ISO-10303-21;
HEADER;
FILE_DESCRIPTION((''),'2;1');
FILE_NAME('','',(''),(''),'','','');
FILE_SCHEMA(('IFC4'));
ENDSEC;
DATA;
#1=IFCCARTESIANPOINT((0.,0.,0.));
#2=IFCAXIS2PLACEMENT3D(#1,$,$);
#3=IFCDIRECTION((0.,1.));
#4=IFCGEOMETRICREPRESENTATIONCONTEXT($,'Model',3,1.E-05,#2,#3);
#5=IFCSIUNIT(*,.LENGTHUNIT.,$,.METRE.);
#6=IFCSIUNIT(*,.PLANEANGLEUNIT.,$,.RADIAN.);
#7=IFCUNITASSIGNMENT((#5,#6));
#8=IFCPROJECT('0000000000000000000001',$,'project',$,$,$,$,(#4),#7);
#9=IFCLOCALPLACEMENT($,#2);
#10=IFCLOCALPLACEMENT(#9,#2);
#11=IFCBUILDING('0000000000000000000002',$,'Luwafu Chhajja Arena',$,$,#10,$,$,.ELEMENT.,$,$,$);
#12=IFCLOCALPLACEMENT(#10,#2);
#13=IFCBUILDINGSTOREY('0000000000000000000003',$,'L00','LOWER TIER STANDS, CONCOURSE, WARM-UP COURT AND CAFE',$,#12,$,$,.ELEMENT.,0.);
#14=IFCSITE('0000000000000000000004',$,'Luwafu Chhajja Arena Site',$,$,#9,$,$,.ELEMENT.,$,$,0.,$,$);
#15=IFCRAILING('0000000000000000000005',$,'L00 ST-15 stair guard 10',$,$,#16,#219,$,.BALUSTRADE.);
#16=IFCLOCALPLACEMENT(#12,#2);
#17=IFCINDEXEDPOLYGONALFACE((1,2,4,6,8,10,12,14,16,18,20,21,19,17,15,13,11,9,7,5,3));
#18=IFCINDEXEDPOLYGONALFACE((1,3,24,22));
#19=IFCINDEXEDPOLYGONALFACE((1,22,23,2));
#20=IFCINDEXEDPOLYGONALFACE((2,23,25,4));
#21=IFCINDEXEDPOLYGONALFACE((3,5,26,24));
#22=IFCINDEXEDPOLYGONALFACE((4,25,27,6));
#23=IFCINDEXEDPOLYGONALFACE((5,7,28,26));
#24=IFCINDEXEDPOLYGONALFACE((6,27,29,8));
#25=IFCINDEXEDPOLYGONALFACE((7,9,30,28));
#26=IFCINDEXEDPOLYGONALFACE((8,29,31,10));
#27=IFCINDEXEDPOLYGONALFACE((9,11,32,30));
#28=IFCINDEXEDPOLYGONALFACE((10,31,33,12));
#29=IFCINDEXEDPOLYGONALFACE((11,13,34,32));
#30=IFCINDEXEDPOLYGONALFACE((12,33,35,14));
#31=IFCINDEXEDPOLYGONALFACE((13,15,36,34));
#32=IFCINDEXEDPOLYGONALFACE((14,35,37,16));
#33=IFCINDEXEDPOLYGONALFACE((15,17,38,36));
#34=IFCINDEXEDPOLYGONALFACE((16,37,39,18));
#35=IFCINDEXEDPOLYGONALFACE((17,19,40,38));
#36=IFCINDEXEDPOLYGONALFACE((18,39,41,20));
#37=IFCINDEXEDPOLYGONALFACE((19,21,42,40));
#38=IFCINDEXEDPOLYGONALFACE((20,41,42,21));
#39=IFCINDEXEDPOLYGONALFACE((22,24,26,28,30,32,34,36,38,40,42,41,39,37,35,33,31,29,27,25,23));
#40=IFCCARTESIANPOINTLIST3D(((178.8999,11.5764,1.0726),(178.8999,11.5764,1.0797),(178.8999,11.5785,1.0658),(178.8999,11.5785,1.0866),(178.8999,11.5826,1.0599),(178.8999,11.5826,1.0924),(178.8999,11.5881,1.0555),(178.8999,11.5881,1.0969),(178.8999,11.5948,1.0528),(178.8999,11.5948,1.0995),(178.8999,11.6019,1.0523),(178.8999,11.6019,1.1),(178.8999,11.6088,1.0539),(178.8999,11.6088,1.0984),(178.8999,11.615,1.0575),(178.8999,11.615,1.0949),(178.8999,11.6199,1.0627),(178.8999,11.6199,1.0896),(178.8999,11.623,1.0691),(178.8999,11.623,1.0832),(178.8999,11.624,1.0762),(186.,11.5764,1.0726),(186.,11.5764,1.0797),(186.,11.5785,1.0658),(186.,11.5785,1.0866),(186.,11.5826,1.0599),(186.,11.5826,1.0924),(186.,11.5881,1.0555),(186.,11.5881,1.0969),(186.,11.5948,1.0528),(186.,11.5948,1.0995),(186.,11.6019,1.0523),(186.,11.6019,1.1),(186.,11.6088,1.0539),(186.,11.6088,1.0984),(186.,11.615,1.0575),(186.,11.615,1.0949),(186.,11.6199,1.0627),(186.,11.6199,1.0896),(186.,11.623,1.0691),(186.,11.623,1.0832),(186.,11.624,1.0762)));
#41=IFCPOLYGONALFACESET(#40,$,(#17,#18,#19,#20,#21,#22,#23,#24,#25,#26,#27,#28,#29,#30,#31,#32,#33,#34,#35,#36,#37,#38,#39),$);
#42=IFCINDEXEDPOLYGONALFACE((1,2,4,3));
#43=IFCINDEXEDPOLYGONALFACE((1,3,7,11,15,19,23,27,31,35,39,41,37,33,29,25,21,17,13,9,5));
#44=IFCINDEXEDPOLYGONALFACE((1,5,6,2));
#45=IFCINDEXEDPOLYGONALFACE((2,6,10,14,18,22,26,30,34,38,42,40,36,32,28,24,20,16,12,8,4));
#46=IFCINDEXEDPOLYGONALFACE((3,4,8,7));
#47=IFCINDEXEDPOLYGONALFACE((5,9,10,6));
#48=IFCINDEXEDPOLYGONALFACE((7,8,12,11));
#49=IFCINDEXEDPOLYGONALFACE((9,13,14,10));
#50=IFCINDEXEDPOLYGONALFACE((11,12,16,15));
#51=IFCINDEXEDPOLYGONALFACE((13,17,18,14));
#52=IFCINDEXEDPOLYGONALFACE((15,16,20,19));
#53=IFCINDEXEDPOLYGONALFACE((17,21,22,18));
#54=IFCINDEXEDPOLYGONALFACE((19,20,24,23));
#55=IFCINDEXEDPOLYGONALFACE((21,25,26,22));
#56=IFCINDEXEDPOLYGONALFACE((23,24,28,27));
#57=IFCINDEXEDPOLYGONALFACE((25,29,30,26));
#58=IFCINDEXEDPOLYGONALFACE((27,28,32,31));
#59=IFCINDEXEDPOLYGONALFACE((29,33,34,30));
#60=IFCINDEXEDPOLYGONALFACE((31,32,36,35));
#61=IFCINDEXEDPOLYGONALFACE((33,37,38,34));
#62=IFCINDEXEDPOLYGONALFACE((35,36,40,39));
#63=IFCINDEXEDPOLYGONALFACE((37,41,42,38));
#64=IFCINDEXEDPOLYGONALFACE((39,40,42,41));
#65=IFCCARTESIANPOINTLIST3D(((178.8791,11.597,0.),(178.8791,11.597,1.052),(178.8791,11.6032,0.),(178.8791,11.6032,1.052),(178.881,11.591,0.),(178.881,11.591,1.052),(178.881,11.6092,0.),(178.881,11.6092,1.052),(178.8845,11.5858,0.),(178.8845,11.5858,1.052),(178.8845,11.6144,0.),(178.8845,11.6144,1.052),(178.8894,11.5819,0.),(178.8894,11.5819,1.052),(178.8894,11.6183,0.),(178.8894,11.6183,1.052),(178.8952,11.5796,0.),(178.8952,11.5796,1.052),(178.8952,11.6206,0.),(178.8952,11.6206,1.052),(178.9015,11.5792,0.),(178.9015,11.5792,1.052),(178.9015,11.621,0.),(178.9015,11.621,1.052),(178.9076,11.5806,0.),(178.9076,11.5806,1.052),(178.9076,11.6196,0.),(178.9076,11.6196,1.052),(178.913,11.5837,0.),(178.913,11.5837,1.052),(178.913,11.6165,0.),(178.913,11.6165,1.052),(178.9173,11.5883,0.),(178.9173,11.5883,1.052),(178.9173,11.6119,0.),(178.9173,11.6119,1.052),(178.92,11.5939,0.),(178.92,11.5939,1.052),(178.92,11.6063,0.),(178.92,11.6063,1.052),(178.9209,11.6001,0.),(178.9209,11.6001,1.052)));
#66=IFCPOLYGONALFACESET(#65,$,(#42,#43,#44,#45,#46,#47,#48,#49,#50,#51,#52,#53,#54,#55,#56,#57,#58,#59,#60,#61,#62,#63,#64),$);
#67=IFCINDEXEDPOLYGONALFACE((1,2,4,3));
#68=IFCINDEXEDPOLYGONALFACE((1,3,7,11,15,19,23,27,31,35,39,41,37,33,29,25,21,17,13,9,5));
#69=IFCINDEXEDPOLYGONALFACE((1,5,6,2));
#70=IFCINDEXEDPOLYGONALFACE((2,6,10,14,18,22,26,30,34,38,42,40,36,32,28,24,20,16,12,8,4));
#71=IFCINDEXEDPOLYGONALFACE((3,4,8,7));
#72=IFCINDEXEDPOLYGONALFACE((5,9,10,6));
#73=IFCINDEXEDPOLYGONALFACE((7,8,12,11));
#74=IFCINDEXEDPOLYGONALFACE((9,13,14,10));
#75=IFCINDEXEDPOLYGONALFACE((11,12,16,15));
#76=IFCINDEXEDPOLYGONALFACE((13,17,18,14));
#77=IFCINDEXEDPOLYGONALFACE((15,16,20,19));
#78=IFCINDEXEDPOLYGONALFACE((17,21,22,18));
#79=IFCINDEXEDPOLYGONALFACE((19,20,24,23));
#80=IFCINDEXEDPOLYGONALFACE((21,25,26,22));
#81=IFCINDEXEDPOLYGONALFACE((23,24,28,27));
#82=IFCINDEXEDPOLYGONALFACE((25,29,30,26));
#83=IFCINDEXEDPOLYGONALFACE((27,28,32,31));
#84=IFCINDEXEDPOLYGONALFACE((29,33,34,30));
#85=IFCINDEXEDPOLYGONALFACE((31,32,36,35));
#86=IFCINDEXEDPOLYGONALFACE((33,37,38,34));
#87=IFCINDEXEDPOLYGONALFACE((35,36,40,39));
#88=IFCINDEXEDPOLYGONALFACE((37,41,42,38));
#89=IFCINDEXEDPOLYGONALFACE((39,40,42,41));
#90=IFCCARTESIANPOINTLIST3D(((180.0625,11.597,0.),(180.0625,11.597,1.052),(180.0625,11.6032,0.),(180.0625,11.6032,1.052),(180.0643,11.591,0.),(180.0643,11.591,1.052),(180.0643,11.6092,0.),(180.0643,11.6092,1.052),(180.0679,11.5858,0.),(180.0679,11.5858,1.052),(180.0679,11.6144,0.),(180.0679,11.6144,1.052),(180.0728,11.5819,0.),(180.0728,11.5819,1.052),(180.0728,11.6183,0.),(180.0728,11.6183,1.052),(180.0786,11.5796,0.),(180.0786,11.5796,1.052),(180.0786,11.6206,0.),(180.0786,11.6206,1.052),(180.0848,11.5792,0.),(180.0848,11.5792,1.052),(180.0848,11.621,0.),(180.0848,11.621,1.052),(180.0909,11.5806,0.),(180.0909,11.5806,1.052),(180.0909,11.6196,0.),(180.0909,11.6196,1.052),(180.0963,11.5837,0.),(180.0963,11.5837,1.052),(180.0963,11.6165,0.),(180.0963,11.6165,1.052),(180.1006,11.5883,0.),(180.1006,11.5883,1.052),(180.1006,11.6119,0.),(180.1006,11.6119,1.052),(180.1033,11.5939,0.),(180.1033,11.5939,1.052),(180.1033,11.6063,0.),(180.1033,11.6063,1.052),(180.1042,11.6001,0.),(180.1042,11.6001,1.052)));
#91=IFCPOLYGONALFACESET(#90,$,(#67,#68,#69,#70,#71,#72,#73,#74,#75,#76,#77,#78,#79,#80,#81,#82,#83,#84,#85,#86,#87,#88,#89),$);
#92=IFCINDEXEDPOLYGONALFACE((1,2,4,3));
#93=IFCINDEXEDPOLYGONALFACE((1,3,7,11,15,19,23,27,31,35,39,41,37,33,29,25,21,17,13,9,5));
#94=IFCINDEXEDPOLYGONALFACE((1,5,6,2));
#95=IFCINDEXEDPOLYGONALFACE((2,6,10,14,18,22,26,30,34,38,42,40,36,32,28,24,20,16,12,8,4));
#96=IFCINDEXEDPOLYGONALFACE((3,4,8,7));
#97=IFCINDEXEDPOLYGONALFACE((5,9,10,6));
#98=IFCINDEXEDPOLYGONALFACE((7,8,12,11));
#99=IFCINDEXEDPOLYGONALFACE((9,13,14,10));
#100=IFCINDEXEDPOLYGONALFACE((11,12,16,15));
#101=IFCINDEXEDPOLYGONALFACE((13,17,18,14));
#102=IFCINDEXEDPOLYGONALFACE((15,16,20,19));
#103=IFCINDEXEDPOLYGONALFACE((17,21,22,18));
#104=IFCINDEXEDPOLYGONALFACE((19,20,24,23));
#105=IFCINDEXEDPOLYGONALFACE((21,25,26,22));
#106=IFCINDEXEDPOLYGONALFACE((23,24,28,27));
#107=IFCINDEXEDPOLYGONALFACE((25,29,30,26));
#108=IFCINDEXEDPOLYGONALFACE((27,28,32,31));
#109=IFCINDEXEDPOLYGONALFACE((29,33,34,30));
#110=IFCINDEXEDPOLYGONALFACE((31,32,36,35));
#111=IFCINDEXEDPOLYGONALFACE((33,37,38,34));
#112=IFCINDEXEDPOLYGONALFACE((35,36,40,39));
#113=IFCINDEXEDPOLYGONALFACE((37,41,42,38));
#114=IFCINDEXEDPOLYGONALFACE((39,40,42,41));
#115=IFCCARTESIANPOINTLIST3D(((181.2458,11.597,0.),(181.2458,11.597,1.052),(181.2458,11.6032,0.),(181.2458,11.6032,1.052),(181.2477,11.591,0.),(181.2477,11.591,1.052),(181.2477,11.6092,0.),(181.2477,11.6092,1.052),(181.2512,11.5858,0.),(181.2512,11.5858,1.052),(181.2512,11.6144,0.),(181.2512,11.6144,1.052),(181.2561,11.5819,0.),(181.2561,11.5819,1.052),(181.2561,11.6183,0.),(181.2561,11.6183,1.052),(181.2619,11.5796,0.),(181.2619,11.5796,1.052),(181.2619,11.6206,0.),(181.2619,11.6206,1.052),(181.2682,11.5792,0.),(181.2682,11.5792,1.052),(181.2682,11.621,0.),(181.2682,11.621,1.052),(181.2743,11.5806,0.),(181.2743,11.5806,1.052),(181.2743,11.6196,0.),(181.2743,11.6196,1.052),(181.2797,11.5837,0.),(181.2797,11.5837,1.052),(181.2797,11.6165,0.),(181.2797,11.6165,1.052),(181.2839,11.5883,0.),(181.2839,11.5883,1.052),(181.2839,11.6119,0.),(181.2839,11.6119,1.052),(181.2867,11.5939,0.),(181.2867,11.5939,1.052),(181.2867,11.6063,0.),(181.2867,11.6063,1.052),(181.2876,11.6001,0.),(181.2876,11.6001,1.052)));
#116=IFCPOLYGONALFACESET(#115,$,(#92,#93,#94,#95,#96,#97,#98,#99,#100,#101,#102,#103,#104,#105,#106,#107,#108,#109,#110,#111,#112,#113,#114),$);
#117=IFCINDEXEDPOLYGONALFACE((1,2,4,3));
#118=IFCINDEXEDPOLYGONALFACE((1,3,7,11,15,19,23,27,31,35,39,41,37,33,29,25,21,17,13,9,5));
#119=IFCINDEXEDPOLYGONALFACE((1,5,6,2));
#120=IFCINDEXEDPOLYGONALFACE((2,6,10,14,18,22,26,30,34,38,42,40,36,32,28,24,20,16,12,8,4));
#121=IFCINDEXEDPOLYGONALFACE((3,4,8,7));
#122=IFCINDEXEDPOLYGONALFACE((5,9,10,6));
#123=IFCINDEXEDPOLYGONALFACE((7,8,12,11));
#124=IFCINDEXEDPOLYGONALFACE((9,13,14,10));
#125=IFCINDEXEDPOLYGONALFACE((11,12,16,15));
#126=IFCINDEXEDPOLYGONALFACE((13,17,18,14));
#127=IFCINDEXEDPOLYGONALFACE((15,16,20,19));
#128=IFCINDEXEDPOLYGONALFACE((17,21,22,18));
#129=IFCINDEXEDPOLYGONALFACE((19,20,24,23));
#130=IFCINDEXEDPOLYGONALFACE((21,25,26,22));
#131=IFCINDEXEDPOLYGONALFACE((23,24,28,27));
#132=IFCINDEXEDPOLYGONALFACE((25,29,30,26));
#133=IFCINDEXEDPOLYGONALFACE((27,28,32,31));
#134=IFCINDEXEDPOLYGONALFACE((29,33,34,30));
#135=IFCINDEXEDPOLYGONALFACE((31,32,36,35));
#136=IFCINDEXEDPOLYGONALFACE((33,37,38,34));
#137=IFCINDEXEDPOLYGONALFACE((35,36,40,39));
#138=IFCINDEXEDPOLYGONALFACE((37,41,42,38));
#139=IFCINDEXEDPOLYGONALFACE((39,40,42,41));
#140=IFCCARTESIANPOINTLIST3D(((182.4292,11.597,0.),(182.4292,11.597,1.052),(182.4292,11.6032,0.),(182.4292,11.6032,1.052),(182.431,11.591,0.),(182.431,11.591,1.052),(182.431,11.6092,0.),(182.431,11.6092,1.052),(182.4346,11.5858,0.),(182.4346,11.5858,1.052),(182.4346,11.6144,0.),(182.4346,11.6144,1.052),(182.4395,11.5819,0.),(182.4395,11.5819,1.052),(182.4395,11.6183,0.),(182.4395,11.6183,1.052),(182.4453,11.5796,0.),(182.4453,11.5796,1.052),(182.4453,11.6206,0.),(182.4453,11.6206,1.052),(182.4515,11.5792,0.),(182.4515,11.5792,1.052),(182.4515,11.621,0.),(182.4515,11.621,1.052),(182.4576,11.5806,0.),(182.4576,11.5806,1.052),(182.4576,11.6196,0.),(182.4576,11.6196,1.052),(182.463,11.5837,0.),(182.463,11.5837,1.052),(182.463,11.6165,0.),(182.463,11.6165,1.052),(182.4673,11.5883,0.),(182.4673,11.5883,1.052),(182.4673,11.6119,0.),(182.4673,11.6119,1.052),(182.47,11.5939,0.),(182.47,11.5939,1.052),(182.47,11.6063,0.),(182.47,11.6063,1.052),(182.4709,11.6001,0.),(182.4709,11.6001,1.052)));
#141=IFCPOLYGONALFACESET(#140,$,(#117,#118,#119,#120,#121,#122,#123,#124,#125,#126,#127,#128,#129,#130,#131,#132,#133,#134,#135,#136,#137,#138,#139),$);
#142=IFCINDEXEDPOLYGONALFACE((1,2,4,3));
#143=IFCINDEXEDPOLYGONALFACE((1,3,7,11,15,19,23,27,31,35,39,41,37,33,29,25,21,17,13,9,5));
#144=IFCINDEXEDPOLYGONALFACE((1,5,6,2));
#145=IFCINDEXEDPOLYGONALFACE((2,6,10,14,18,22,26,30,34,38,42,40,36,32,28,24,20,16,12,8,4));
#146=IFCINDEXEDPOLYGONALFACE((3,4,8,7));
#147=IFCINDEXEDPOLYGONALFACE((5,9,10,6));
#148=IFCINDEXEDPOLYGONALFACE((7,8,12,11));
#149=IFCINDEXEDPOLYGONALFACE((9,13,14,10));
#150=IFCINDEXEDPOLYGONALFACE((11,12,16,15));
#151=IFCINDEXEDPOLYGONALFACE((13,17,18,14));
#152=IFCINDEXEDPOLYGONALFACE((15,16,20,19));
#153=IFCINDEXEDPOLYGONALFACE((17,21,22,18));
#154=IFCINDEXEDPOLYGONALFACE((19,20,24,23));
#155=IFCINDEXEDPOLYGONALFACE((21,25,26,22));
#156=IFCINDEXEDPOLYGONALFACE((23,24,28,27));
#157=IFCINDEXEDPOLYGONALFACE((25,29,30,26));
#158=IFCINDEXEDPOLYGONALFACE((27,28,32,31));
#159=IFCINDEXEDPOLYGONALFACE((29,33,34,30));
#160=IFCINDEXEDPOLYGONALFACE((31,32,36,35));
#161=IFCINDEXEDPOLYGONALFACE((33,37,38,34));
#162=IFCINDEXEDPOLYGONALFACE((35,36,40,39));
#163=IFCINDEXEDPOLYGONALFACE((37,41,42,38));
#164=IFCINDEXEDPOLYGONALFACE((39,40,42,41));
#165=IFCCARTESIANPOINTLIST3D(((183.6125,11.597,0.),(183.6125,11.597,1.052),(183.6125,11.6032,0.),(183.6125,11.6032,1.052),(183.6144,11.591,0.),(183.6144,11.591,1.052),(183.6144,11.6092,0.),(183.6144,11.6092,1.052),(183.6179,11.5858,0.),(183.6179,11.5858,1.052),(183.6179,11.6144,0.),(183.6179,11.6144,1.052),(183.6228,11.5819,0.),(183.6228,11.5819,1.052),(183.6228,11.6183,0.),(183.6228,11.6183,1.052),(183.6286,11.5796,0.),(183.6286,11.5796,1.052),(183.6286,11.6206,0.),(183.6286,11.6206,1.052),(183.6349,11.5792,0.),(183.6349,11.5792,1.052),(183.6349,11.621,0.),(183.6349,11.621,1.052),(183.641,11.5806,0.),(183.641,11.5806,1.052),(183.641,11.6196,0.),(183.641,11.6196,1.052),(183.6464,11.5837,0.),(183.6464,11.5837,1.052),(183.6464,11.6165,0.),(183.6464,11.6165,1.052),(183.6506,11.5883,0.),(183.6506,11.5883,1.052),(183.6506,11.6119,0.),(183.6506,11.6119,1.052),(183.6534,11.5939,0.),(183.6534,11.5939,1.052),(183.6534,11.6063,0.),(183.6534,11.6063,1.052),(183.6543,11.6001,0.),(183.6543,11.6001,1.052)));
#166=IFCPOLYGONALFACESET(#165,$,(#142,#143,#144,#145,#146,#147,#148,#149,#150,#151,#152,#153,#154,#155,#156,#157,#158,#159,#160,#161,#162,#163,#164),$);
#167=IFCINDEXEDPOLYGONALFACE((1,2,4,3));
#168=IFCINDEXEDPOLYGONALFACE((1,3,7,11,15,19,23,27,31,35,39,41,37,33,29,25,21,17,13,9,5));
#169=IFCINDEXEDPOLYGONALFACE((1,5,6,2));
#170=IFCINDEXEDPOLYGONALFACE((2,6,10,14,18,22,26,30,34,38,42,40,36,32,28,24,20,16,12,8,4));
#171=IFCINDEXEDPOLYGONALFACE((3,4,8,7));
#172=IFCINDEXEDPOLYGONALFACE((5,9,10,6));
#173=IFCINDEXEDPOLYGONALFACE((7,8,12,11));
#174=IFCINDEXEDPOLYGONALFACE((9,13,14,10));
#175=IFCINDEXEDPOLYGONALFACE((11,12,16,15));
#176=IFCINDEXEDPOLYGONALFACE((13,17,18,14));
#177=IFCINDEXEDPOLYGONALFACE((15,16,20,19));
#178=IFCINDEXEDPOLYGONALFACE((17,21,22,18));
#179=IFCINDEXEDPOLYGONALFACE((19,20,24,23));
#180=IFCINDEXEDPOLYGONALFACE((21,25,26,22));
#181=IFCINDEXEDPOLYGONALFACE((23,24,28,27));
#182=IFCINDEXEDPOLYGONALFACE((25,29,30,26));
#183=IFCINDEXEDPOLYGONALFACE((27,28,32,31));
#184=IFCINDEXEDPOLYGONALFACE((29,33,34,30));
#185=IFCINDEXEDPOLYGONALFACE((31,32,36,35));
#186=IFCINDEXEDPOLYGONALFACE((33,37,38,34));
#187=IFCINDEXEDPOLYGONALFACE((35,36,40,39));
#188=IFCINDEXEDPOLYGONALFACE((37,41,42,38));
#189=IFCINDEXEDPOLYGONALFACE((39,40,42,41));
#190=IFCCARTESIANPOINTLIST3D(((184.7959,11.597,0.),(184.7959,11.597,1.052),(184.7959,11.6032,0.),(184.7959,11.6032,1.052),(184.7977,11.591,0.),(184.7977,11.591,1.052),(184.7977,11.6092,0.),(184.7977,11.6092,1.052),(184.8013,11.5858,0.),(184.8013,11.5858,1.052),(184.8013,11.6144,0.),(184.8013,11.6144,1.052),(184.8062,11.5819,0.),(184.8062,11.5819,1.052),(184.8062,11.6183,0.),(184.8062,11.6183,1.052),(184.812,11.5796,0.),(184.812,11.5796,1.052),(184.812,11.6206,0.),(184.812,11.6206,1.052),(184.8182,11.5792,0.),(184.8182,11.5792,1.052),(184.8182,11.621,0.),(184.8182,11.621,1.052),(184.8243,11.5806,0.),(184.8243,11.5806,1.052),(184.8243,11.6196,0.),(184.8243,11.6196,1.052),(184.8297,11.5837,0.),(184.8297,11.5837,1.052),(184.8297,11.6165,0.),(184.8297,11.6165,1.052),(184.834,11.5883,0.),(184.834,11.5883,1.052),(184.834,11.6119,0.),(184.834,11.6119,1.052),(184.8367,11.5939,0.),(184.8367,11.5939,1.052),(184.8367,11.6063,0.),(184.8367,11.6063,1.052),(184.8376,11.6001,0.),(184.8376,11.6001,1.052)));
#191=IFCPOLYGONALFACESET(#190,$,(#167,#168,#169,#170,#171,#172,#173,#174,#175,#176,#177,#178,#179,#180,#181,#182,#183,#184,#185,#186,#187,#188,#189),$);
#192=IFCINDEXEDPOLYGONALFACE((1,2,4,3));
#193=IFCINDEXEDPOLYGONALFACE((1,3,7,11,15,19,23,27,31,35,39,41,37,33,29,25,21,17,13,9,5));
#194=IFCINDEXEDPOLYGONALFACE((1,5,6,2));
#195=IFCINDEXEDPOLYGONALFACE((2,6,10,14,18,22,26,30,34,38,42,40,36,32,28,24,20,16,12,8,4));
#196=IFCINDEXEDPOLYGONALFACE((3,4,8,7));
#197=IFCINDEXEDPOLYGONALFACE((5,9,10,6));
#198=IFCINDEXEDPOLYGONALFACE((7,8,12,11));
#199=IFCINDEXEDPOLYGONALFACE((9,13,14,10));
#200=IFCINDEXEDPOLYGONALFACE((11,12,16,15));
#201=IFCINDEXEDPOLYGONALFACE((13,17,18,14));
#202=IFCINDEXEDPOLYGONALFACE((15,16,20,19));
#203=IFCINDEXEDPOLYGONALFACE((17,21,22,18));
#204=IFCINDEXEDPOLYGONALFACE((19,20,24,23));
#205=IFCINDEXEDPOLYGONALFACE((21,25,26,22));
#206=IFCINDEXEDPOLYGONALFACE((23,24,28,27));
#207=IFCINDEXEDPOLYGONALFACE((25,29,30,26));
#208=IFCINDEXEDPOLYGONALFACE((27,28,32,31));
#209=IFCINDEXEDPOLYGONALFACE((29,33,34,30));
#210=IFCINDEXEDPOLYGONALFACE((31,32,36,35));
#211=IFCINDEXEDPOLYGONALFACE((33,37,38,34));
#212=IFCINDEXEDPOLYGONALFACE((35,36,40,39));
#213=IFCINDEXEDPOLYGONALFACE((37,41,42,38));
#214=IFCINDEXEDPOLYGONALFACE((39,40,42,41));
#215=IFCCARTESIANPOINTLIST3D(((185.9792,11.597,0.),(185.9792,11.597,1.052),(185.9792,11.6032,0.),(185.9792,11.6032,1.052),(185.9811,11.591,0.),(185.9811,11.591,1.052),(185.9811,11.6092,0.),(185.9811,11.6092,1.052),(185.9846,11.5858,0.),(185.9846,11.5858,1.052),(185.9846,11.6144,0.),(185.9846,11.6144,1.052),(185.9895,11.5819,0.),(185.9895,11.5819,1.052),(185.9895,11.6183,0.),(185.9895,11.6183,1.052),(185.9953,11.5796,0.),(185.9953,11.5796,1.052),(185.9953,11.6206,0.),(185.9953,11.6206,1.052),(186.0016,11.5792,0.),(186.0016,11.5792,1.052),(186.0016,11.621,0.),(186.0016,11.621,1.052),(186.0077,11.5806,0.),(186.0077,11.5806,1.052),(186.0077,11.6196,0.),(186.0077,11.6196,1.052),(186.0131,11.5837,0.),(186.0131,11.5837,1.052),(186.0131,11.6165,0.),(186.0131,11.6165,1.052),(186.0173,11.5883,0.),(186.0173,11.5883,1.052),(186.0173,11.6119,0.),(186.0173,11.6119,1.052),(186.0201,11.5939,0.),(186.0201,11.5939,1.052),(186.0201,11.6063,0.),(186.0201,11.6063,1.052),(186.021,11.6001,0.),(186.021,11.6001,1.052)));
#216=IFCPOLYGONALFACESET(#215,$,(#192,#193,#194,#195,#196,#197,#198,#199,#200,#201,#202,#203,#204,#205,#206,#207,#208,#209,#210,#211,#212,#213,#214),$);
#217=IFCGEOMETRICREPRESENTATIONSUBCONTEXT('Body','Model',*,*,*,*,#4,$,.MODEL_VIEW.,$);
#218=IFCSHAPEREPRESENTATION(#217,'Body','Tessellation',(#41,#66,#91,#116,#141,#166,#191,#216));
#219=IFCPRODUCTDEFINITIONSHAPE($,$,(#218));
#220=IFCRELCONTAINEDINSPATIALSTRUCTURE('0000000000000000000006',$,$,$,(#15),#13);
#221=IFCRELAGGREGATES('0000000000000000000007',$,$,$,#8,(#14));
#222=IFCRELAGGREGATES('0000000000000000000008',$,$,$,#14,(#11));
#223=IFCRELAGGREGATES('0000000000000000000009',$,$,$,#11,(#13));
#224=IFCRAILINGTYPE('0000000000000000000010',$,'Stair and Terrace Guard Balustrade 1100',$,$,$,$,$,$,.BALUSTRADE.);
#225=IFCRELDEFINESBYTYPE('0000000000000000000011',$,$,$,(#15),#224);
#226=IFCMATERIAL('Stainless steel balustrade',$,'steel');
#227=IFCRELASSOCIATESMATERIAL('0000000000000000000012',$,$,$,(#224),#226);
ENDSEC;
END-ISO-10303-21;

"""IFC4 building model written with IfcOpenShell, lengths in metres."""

from ifc_helpers import new_model, si_unit, direction, frame, origin, origin_2d, place, context, subcontext, project, spatial, circle, extrude, material, type_object, element, save


model = new_model("IFC4")

# Units and contexts
model_context = context("Model", 3, precision=1e-05, world=origin(), true_north=direction((0.0, 1.0)))
body_context = subcontext(model_context, "Body", "Model", "MODEL_VIEW")
ifc_project = project(units=[si_unit("LENGTHUNIT", "METRE"), si_unit("PLANEANGLEUNIT", "RADIAN")], contexts=[model_context])

# Site, building, storey
site_placement = place(None, origin())
site = spatial("IfcSite", under=ifc_project, at=site_placement, Name="Luwafu Chhajja Arena Site", CompositionType="ELEMENT", RefElevation=0.0)
building_placement = place(site_placement, origin())
building = spatial("IfcBuilding", under=site, at=building_placement, Name="Luwafu Chhajja Arena", CompositionType="ELEMENT")
storey_placement = place(building_placement, origin())
storey = spatial("IfcBuildingStorey", under=building, at=storey_placement, Name="L00", Description="LOWER TIER STANDS, CONCOURSE, WARM-UP COURT AND CAFE", CompositionType="ELEMENT", Elevation=0.0)

# Railing
ifc_material_1 = material(Name="Stainless steel balustrade", Category="steel")
railing_type_1 = type_object("IfcRailingType", Name="Stair and Terrace Guard Balustrade 1100", PredefinedType="BALUSTRADE", material=ifc_material_1)
for number, where, name in (
    (1, (178.8999, 11.6001, 0.0), "L00 ST-15 stair guard 10"),
):
    element("IfcRailing", number, at=place(storey_placement, frame(where)), inside=storey, type_object=railing_type_1, Name=name, PredefinedType="BALUSTRADE", context=body_context, shape_type="SweptSolid", body=[
        extrude(circle(Radius=0.0239, at=origin_2d()), frame((0.0, 0.0, 1.0762), z_axis=(1.0, 0.0, 0.0), x_axis=(0.0, 1.0, 0.0)), (0.0, 0.0, 1.0), 7.1001),
        extrude(circle(Radius=0.021, at=origin_2d()), origin(), (0.0, 0.0, 1.0), 1.052),
        extrude(circle(Radius=0.021, at=origin_2d()), frame((1.1833, 0.0, 0.0)), (0.0, 0.0, 1.0), 1.052),
        extrude(circle(Radius=0.021, at=origin_2d()), frame((2.3667, 0.0, 0.0)), (0.0, 0.0, 1.0), 1.052),
        extrude(circle(Radius=0.021, at=origin_2d()), frame((3.55, 0.0, 0.0)), (0.0, 0.0, 1.0), 1.052),
        extrude(circle(Radius=0.021, at=origin_2d()), frame((4.7334, 0.0, 0.0)), (0.0, 0.0, 1.0), 1.052),
        extrude(circle(Radius=0.021, at=origin_2d()), frame((5.9167, 0.0, 0.0)), (0.0, 0.0, 1.0), 1.052),
        extrude(circle(Radius=0.021, at=origin_2d()), frame((7.1001, 0.0, 0.0)), (0.0, 0.0, 1.0), 1.052),
    ])

save(model, "model.ifc")
